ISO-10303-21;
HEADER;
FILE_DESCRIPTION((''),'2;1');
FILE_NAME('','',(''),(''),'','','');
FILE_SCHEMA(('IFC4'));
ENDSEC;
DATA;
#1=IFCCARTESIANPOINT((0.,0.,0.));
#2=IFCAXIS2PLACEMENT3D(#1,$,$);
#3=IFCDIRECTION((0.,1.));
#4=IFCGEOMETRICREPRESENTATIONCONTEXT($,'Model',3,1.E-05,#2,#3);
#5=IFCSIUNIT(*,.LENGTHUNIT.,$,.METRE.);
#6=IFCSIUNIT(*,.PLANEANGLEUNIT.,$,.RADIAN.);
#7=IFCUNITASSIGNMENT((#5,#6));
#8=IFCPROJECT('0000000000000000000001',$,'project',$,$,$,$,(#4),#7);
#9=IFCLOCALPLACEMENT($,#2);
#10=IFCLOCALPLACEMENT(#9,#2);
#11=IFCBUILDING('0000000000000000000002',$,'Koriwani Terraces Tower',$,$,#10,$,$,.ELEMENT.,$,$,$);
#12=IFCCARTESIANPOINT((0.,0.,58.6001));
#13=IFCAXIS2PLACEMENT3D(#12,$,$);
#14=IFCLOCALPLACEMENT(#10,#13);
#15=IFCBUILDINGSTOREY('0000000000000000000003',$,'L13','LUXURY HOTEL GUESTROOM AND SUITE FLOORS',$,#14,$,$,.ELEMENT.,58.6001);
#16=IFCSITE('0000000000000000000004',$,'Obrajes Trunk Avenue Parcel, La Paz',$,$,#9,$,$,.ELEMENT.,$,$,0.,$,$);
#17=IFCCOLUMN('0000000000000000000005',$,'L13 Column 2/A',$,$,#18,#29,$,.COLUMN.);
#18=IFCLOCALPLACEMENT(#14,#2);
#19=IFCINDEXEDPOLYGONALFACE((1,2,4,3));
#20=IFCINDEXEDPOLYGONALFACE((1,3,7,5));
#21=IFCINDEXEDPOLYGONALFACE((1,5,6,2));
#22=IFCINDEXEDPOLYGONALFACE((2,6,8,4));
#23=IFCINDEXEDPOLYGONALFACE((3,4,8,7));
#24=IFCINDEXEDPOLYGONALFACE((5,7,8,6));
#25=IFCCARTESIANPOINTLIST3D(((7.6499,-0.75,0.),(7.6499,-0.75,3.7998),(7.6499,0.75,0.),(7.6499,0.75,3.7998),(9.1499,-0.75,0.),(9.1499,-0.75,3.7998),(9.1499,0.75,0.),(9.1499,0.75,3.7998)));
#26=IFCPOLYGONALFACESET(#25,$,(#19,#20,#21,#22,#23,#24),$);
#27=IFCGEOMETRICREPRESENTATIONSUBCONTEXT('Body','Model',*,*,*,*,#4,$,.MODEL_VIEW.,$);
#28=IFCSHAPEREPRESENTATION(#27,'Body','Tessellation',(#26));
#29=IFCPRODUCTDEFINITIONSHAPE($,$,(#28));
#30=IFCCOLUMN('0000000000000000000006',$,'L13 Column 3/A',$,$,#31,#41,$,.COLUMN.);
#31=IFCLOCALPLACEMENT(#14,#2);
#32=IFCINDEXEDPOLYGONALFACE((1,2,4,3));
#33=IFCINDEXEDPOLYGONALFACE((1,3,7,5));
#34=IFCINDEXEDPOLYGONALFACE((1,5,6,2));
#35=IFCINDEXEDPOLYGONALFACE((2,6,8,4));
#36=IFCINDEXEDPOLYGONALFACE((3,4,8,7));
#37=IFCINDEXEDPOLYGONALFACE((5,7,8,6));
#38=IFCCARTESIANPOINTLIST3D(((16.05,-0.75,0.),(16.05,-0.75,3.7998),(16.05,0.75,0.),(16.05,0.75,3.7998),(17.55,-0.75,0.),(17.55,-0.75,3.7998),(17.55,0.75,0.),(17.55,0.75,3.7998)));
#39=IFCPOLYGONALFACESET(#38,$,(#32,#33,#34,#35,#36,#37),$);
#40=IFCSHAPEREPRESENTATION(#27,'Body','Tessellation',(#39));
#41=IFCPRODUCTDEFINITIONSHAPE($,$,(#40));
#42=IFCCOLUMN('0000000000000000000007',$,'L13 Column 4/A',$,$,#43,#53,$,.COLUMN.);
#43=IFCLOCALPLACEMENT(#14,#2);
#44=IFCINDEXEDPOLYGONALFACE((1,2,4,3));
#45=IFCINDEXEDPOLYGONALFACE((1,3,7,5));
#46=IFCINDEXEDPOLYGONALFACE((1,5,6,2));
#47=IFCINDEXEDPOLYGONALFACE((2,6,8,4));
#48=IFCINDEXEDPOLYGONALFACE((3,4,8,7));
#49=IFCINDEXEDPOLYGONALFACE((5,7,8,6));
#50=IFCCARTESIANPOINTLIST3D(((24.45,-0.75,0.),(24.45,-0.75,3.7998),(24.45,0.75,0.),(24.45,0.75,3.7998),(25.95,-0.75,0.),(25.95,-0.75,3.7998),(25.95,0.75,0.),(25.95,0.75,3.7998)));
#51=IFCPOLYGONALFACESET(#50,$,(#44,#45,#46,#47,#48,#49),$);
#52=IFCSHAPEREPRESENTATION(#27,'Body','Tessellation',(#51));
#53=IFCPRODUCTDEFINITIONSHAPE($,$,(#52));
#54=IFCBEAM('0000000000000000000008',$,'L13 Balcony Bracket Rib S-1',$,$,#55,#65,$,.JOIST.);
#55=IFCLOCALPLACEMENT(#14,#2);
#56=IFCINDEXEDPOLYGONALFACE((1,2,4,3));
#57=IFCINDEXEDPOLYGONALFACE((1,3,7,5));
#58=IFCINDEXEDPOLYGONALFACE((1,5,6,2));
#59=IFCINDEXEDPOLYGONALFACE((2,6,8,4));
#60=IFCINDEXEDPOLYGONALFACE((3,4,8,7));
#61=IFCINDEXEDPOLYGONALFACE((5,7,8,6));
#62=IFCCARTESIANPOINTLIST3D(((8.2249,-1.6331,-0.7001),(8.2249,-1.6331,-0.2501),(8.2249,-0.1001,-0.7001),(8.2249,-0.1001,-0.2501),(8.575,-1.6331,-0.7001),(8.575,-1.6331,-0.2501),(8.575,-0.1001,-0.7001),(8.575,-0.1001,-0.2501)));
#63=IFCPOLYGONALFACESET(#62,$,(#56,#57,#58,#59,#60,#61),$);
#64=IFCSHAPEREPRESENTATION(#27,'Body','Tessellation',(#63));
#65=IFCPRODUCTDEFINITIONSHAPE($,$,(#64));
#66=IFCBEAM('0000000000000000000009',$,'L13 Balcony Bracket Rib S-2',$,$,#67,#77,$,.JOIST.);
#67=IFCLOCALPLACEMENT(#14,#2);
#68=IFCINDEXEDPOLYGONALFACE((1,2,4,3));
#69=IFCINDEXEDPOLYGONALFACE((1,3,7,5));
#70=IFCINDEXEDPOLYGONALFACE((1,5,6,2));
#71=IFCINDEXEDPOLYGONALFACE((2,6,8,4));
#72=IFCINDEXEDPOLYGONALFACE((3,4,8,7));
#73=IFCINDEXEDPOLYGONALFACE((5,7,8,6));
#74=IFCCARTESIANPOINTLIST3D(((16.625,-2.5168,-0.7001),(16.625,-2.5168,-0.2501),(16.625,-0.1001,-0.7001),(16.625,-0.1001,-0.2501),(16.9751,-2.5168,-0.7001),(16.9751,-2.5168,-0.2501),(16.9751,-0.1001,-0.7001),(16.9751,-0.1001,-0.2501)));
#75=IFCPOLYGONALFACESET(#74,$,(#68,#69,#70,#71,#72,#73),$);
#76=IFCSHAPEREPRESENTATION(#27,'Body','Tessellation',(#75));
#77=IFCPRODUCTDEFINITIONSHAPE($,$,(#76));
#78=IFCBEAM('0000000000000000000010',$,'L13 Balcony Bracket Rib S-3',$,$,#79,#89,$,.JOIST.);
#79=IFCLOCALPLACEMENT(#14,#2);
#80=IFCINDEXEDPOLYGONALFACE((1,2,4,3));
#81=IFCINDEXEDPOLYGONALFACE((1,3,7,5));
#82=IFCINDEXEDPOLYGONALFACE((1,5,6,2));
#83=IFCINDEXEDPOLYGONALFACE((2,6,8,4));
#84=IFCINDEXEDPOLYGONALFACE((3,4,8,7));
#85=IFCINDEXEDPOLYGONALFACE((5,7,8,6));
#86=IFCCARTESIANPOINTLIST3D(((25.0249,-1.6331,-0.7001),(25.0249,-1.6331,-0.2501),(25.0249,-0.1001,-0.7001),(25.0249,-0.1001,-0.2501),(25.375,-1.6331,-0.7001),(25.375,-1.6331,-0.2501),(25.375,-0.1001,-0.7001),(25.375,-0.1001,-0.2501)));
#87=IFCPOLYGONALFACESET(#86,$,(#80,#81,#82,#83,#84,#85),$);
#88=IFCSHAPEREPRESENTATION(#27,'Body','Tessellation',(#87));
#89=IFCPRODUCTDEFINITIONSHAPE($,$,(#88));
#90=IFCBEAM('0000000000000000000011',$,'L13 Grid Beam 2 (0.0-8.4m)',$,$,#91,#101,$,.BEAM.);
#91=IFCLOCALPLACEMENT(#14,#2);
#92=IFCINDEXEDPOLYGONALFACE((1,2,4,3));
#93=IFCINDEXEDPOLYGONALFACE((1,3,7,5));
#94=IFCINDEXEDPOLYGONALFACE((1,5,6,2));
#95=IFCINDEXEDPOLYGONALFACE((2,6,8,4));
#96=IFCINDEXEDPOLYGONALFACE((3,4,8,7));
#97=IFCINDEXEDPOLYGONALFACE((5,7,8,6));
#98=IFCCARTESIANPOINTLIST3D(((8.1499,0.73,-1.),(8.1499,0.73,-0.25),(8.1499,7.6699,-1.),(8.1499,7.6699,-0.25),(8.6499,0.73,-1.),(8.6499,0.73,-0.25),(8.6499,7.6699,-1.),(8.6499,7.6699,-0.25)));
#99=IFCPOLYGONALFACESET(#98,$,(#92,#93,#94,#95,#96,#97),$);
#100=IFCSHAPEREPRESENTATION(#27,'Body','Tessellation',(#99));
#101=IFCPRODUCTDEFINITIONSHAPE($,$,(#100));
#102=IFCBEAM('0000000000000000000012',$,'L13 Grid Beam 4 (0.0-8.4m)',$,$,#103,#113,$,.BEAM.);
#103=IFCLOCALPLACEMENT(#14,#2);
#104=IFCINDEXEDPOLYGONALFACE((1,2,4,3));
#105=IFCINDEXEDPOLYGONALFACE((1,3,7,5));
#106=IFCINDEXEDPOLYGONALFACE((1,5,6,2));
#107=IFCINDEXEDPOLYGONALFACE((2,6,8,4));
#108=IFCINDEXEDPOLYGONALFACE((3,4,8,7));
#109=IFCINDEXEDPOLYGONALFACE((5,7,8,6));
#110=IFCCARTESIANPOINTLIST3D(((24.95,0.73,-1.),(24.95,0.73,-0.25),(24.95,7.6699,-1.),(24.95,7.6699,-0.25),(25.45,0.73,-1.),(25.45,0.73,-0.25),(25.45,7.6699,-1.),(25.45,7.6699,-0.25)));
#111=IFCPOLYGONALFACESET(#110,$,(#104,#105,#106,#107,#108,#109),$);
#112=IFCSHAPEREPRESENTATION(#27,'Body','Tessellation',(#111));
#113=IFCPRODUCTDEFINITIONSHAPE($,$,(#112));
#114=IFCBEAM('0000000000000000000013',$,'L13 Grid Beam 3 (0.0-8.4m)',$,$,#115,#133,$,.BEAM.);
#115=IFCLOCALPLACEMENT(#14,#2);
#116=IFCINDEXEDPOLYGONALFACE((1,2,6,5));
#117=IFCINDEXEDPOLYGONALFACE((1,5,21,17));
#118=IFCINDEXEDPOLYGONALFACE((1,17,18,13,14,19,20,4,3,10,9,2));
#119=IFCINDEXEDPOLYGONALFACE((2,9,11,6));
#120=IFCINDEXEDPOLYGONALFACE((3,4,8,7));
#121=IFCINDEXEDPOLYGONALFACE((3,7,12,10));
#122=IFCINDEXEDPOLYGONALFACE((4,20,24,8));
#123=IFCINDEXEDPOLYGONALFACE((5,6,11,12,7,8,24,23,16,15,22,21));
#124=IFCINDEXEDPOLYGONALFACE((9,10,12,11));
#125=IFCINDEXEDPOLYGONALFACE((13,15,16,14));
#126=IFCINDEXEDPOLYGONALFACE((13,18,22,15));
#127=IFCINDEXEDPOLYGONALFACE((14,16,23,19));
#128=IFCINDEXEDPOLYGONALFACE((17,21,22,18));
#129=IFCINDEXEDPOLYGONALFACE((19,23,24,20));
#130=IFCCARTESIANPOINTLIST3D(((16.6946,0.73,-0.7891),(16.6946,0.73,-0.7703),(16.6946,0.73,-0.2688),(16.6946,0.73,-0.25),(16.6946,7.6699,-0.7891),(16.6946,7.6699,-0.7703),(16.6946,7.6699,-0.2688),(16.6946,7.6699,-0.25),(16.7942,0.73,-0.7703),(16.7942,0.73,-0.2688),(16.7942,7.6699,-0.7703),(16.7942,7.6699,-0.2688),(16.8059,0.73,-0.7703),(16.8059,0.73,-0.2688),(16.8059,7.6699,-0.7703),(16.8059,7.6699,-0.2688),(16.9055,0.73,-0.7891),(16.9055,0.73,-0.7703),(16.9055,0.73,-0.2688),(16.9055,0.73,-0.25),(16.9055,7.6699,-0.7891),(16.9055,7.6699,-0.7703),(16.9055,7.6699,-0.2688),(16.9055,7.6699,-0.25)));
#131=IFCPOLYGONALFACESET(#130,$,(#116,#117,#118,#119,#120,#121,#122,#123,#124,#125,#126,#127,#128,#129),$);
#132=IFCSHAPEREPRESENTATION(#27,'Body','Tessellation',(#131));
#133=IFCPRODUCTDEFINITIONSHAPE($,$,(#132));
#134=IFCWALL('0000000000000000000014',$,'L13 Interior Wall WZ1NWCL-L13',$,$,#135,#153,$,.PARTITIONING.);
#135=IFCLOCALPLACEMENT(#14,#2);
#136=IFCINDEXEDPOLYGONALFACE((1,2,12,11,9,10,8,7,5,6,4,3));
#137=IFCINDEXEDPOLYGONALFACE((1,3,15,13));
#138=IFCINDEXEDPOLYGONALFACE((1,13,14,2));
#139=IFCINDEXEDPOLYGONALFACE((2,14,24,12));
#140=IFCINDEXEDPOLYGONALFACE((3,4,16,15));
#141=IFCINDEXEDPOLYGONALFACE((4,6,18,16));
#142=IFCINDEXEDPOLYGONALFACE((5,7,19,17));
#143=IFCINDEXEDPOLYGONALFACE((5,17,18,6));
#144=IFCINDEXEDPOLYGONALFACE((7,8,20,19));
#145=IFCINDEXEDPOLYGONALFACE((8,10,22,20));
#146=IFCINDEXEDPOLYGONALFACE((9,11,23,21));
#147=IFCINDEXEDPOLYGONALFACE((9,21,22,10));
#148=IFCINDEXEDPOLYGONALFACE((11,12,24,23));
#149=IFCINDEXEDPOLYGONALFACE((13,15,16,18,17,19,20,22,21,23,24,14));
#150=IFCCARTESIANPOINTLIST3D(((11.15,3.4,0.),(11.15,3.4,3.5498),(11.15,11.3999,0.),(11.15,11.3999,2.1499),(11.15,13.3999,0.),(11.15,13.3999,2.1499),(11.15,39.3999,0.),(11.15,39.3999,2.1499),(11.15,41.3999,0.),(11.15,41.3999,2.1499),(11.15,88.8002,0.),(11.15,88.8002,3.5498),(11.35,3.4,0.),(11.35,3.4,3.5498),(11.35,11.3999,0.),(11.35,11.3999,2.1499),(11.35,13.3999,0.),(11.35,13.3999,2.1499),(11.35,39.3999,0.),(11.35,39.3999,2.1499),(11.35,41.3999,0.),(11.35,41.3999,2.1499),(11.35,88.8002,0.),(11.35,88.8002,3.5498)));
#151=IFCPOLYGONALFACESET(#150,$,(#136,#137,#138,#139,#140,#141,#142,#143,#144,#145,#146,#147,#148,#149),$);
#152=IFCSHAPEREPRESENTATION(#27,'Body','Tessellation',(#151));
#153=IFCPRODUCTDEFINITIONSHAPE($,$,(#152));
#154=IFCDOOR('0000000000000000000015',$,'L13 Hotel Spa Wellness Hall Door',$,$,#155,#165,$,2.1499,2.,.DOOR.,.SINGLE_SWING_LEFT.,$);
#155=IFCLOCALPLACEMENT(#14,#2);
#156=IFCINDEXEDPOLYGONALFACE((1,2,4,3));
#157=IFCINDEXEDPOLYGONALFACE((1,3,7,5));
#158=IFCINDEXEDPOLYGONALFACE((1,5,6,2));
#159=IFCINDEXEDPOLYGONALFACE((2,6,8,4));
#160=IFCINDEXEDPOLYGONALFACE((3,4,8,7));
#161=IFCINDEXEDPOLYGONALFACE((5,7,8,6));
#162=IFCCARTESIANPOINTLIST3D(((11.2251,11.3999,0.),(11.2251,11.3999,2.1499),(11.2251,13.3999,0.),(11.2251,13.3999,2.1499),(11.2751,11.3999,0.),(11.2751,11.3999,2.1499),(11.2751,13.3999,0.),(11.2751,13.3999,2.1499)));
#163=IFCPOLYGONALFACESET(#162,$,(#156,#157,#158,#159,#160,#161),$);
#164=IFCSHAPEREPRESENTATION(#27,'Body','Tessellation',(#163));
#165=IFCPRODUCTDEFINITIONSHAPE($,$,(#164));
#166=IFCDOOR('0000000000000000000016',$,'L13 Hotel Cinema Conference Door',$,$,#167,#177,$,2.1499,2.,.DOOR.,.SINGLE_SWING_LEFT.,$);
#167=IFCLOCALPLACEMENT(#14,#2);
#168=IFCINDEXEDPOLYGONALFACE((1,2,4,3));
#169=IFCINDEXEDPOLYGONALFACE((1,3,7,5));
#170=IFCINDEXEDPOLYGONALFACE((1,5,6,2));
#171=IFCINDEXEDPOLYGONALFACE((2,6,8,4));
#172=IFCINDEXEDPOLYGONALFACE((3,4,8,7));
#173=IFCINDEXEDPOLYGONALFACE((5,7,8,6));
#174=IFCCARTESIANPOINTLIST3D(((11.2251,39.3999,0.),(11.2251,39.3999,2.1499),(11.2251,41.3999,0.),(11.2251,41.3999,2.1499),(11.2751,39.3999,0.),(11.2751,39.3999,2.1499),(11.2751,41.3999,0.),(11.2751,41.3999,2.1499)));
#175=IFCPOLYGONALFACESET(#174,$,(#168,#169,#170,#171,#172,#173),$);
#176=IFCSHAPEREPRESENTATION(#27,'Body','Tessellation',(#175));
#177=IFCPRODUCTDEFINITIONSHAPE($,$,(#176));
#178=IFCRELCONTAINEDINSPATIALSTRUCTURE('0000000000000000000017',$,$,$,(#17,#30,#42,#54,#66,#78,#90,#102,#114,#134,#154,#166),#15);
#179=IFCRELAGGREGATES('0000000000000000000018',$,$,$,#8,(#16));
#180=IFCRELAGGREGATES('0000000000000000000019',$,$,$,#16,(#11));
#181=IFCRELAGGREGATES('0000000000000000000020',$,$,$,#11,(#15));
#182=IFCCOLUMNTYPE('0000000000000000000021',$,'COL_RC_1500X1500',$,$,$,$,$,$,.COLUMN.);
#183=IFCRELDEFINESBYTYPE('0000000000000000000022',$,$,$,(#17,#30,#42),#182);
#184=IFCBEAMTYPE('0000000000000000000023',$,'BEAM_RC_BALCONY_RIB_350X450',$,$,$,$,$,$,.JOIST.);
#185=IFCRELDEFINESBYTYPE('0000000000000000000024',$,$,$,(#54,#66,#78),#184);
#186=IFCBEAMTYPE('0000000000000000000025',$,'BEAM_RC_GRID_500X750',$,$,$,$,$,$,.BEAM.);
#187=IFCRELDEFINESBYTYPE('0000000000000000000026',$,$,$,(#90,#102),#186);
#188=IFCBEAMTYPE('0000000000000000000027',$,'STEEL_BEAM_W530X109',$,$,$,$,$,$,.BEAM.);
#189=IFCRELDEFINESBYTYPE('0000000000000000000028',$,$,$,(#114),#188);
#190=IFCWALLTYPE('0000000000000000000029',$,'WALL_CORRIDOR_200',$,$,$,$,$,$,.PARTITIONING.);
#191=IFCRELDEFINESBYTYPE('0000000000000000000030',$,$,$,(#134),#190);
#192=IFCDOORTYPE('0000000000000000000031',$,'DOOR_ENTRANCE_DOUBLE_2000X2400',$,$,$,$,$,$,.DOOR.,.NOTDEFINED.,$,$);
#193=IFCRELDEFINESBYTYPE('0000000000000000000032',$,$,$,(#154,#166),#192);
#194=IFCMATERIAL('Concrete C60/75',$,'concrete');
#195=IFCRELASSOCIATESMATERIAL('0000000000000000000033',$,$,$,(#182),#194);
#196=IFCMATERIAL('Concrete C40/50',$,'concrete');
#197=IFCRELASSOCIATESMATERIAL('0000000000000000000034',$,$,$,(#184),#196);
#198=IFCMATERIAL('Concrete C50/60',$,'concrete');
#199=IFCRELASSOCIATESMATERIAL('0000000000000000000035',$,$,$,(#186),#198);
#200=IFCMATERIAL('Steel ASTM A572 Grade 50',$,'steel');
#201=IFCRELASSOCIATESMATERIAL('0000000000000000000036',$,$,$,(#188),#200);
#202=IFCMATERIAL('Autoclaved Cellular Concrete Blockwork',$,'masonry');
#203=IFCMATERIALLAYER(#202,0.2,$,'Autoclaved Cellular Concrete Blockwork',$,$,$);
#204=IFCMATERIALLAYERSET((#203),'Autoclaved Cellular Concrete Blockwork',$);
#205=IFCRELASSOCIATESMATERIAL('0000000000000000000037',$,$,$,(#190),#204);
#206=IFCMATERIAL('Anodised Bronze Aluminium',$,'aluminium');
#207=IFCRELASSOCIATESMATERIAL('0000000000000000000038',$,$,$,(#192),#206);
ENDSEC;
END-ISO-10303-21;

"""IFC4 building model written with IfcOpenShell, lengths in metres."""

from ifc_helpers import new_model, si_unit, direction, frame, frame_2d, origin, origin_2d, place, context, subcontext, project, spatial, rectangle, i_section, extrude, material, layer, layer_set, material_profile, profile_set, type_object, element, fill, save


model = new_model("IFC4")

# Units and contexts
model_context = context("Model", 3, precision=1e-05, world=origin(), true_north=direction((0.0, 1.0)))
body_context = subcontext(model_context, "Body", "Model", "MODEL_VIEW")
ifc_project = project(units=[si_unit("LENGTHUNIT", "METRE"), si_unit("PLANEANGLEUNIT", "RADIAN")], contexts=[model_context])

# Site, building, storey
site_placement = place(None, origin())
site = spatial("IfcSite", under=ifc_project, at=site_placement, Name="Obrajes Trunk Avenue Parcel, La Paz", CompositionType="ELEMENT", RefElevation=0.0)
building_placement = place(site_placement, origin())
building = spatial("IfcBuilding", under=site, at=building_placement, Name="Koriwani Terraces Tower", CompositionType="ELEMENT")
storey_placement = place(building_placement, frame((0.0, 0.0, 58.6001)))
storey = spatial("IfcBuildingStorey", under=building, at=storey_placement, Name="L13", Description="LUXURY HOTEL GUESTROOM AND SUITE FLOORS", CompositionType="ELEMENT", Elevation=58.6001)

# Columns
ifc_material_1 = material(Name="Concrete C60/75", Category="concrete")
ifc_material_profile_1 = material_profile(ifc_material_1, rectangle(XDim=1.5, YDim=1.5, at=origin_2d()), Name="Concrete C60/75", Category="LoadBearing")
ifc_profile_set_1 = profile_set([ifc_material_profile_1], Name="Concrete C60/75")
column_type = type_object("IfcColumnType", Name="COL_RC_1500X1500", PredefinedType="COLUMN", material=ifc_profile_set_1)
for number, where, z_axis, x_axis, name in (
    (1, (8.3999, 0.0, 0.0), (0.0, 0.0, 1.0), (1.0, 0.0, 0.0), "L13 Column 2/A"),
    (2, (16.8, 0.0, 0.0), (0.0, 0.0, 1.0), (1.0, 0.0, 0.0), "L13 Column 3/A"),
    (3, (25.2, 0.0, 0.0), (0.0, 0.0, 1.0), (1.0, 0.0, 0.0), "L13 Column 4/A"),
):
    element("IfcColumn", number, at=place(storey_placement, frame(where, z_axis=z_axis, x_axis=x_axis)), inside=storey, type_object=column_type, Name=name, PredefinedType="COLUMN", context=body_context, shape_type="SweptSolid", body=[
        extrude(rectangle(XDim=1.5, YDim=1.5, at=origin_2d()), origin(), (0.0, 0.0, 1.0), 3.7998),
    ])

# Beams
ifc_material_2 = material(Name="Concrete C40/50", Category="concrete")
ifc_material_profile_2 = material_profile(ifc_material_2, rectangle(XDim=0.3501, YDim=0.45, at=origin_2d()), Name="Concrete C40/50", Category="LoadBearing")
ifc_profile_set_2 = profile_set([ifc_material_profile_2], Name="Concrete C40/50")
beam_type_1 = type_object("IfcBeamType", Name="BEAM_RC_BALCONY_RIB_350X450", PredefinedType="JOIST", material=ifc_profile_set_2)
beam_1_placement = place(storey_placement, frame((8.3999, -1.6331, -0.4751), z_axis=(0.0, 1.0, 0.0), x_axis=(-1.0, 0.0, 0.0)))
element("IfcBeam", 4, at=beam_1_placement, inside=storey, type_object=beam_type_1, Name="L13 Balcony Bracket Rib S-1", PredefinedType="JOIST", context=body_context, shape_type="SweptSolid", body=[
    extrude(rectangle(XDim=0.3501, YDim=0.45, at=origin_2d()), origin(), (0.0, 0.0, 1.0), 1.533),
])
beam_2_placement = place(storey_placement, frame((16.8, -2.5168, -0.4751), z_axis=(0.0, 1.0, 0.0), x_axis=(-1.0, 0.0, 0.0)))
element("IfcBeam", 5, at=beam_2_placement, inside=storey, type_object=beam_type_1, Name="L13 Balcony Bracket Rib S-2", PredefinedType="JOIST", context=body_context, shape_type="SweptSolid", body=[
    extrude(rectangle(XDim=0.3501, YDim=0.45, at=origin_2d()), origin(), (0.0, 0.0, 1.0), 2.4167),
])
beam_3_placement = place(storey_placement, frame((25.2, -1.6331, -0.4751), z_axis=(0.0, 1.0, 0.0), x_axis=(-1.0, 0.0, 0.0)))
element("IfcBeam", 6, at=beam_3_placement, inside=storey, type_object=beam_type_1, Name="L13 Balcony Bracket Rib S-3", PredefinedType="JOIST", context=body_context, shape_type="SweptSolid", body=[
    extrude(rectangle(XDim=0.3501, YDim=0.45, at=origin_2d()), origin(), (0.0, 0.0, 1.0), 1.533),
])
ifc_material_3 = material(Name="Concrete C50/60", Category="concrete")
ifc_material_profile_3 = material_profile(ifc_material_3, rectangle(XDim=0.5, YDim=0.75, at=origin_2d()), Name="Concrete C50/60", Category="LoadBearing")
ifc_profile_set_3 = profile_set([ifc_material_profile_3], Name="Concrete C50/60")
beam_type_2 = type_object("IfcBeamType", Name="BEAM_RC_GRID_500X750", PredefinedType="BEAM", material=ifc_profile_set_3)
for number, where, z_axis, x_axis, name in (
    (7, (8.3999, 0.73, -0.625), (0.0, 1.0, 0.0), (-1.0, 0.0, 0.0), "L13 Grid Beam 2 (0.0-8.4m)"),
    (8, (25.2, 0.73, -0.625), (0.0, 1.0, 0.0), (-1.0, 0.0, 0.0), "L13 Grid Beam 4 (0.0-8.4m)"),
):
    element("IfcBeam", number, at=place(storey_placement, frame(where, z_axis=z_axis, x_axis=x_axis)), inside=storey, type_object=beam_type_2, Name=name, PredefinedType="BEAM", context=body_context, shape_type="SweptSolid", body=[
        extrude(rectangle(XDim=0.5, YDim=0.75, at=origin_2d()), origin(), (0.0, 0.0, 1.0), 6.9399),
    ])
ifc_material_4 = material(Name="Steel ASTM A572 Grade 50", Category="steel")
ifc_material_profile_4 = material_profile(ifc_material_4, i_section(OverallWidth=0.2109, OverallDepth=0.5391, WebThickness=0.0117, FlangeThickness=0.0188, at=origin_2d()), Name="Steel ASTM A572 Grade 50", Category="LoadBearing")
ifc_profile_set_4 = profile_set([ifc_material_profile_4], Name="Steel ASTM A572 Grade 50")
beam_type_3 = type_object("IfcBeamType", Name="STEEL_BEAM_W530X109", PredefinedType="BEAM", material=ifc_profile_set_4)
beam_4_placement = place(storey_placement, frame((16.8, 0.73, -0.5195), z_axis=(0.0, 1.0, 0.0), x_axis=(-1.0, 0.0, 0.0)))
element("IfcBeam", 9, at=beam_4_placement, inside=storey, type_object=beam_type_3, Name="L13 Grid Beam 3 (0.0-8.4m)", PredefinedType="BEAM", context=body_context, shape_type="SweptSolid", body=[
    extrude(i_section(OverallWidth=0.2109, OverallDepth=0.5391, WebThickness=0.0117, FlangeThickness=0.0188, at=origin_2d()), origin(), (0.0, 0.0, 1.0), 6.9399),
])

# Wall, openings, doors
ifc_material_5 = material(Name="Autoclaved Cellular Concrete Blockwork", Category="masonry")
ifc_layer_1 = layer(ifc_material_5, 0.2, Name="Autoclaved Cellular Concrete Blockwork")
ifc_layer_set_1 = layer_set([ifc_layer_1], Name="Autoclaved Cellular Concrete Blockwork")
wall_type_1 = type_object("IfcWallType", Name="WALL_CORRIDOR_200", PredefinedType="PARTITIONING", material=ifc_layer_set_1)
wall_1_placement = place(storey_placement, frame((11.25, 3.3999, 0.0), z_axis=(0.0, 0.0, 1.0), x_axis=(0.0, 1.0, 0.0)))
wall_1 = element("IfcWall", 10, at=wall_1_placement, inside=storey, type_object=wall_type_1, Name="L13 Interior Wall WZ1NWCL-L13", PredefinedType="PARTITIONING", context=body_context, shape_type="SweptSolid", body=[
    extrude(rectangle(XDim=85.4001, YDim=0.2, at=frame_2d((42.7002, 0.0))), origin(), (0.0, 0.0, 1.0), 3.5498),
])
opening_1_placement = place(wall_1_placement, frame((8.0, 0.0, 0.0)))
opening_1 = element("IfcOpeningElement", 11, at=opening_1_placement, cuts=wall_1, PredefinedType="OPENING", context=body_context, shape_type="SweptSolid", body=[
    extrude(rectangle(XDim=2.0, YDim=2.1499, at=frame_2d((1.0, 1.075))), frame((0.0, 0.1099, 0.0), z_axis=(0.0, -1.0, 0.0), x_axis=(1.0, 0.0, 0.0)), (0.0, 0.0, 1.0), 0.22),
])
opening_2_placement = place(wall_1_placement, frame((36.0, 0.0, 0.0)))
opening_2 = element("IfcOpeningElement", 12, at=opening_2_placement, cuts=wall_1, PredefinedType="OPENING", context=body_context, shape_type="SweptSolid", body=[
    extrude(rectangle(XDim=2.0, YDim=2.1499, at=frame_2d((1.0, 1.075))), frame((0.0, 0.1099, 0.0), z_axis=(0.0, -1.0, 0.0), x_axis=(1.0, 0.0, 0.0)), (0.0, 0.0, 1.0), 0.22),
])
ifc_material_6 = material(Name="Anodised Bronze Aluminium", Category="aluminium")
door_type_1 = type_object("IfcDoorType", Name="DOOR_ENTRANCE_DOUBLE_2000X2400", OperationType="NOTDEFINED", PredefinedType="DOOR", material=ifc_material_6)
door_1_placement = place(opening_1_placement, origin())
door_1 = element("IfcDoor", 13, at=door_1_placement, inside=storey, type_object=door_type_1, Name="L13 Hotel Spa Wellness Hall Door", OperationType="SINGLE_SWING_LEFT", OverallHeight=2.1499, OverallWidth=2.0, PredefinedType="DOOR", context=body_context, shape_type="SweptSolid", body=[
    extrude(rectangle(XDim=2.0, YDim=2.1499, at=frame_2d((1.0, 1.075))), frame((0.0, 0.0249, 0.0), z_axis=(0.0, -1.0, 0.0), x_axis=(1.0, 0.0, 0.0)), (0.0, 0.0, 1.0), 0.05),
])
fill(opening_1, door_1)
door_2_placement = place(opening_2_placement, origin())
door_2 = element("IfcDoor", 14, at=door_2_placement, inside=storey, type_object=door_type_1, Name="L13 Hotel Cinema Conference Door", OperationType="SINGLE_SWING_LEFT", OverallHeight=2.1499, OverallWidth=2.0, PredefinedType="DOOR", context=body_context, shape_type="SweptSolid", body=[
    extrude(rectangle(XDim=2.0, YDim=2.1499, at=frame_2d((1.0, 1.075))), frame((0.0, 0.0249, 0.0), z_axis=(0.0, -1.0, 0.0), x_axis=(1.0, 0.0, 0.0)), (0.0, 0.0, 1.0), 0.05),
])
fill(opening_2, door_2)

save(model, "model.ifc")
